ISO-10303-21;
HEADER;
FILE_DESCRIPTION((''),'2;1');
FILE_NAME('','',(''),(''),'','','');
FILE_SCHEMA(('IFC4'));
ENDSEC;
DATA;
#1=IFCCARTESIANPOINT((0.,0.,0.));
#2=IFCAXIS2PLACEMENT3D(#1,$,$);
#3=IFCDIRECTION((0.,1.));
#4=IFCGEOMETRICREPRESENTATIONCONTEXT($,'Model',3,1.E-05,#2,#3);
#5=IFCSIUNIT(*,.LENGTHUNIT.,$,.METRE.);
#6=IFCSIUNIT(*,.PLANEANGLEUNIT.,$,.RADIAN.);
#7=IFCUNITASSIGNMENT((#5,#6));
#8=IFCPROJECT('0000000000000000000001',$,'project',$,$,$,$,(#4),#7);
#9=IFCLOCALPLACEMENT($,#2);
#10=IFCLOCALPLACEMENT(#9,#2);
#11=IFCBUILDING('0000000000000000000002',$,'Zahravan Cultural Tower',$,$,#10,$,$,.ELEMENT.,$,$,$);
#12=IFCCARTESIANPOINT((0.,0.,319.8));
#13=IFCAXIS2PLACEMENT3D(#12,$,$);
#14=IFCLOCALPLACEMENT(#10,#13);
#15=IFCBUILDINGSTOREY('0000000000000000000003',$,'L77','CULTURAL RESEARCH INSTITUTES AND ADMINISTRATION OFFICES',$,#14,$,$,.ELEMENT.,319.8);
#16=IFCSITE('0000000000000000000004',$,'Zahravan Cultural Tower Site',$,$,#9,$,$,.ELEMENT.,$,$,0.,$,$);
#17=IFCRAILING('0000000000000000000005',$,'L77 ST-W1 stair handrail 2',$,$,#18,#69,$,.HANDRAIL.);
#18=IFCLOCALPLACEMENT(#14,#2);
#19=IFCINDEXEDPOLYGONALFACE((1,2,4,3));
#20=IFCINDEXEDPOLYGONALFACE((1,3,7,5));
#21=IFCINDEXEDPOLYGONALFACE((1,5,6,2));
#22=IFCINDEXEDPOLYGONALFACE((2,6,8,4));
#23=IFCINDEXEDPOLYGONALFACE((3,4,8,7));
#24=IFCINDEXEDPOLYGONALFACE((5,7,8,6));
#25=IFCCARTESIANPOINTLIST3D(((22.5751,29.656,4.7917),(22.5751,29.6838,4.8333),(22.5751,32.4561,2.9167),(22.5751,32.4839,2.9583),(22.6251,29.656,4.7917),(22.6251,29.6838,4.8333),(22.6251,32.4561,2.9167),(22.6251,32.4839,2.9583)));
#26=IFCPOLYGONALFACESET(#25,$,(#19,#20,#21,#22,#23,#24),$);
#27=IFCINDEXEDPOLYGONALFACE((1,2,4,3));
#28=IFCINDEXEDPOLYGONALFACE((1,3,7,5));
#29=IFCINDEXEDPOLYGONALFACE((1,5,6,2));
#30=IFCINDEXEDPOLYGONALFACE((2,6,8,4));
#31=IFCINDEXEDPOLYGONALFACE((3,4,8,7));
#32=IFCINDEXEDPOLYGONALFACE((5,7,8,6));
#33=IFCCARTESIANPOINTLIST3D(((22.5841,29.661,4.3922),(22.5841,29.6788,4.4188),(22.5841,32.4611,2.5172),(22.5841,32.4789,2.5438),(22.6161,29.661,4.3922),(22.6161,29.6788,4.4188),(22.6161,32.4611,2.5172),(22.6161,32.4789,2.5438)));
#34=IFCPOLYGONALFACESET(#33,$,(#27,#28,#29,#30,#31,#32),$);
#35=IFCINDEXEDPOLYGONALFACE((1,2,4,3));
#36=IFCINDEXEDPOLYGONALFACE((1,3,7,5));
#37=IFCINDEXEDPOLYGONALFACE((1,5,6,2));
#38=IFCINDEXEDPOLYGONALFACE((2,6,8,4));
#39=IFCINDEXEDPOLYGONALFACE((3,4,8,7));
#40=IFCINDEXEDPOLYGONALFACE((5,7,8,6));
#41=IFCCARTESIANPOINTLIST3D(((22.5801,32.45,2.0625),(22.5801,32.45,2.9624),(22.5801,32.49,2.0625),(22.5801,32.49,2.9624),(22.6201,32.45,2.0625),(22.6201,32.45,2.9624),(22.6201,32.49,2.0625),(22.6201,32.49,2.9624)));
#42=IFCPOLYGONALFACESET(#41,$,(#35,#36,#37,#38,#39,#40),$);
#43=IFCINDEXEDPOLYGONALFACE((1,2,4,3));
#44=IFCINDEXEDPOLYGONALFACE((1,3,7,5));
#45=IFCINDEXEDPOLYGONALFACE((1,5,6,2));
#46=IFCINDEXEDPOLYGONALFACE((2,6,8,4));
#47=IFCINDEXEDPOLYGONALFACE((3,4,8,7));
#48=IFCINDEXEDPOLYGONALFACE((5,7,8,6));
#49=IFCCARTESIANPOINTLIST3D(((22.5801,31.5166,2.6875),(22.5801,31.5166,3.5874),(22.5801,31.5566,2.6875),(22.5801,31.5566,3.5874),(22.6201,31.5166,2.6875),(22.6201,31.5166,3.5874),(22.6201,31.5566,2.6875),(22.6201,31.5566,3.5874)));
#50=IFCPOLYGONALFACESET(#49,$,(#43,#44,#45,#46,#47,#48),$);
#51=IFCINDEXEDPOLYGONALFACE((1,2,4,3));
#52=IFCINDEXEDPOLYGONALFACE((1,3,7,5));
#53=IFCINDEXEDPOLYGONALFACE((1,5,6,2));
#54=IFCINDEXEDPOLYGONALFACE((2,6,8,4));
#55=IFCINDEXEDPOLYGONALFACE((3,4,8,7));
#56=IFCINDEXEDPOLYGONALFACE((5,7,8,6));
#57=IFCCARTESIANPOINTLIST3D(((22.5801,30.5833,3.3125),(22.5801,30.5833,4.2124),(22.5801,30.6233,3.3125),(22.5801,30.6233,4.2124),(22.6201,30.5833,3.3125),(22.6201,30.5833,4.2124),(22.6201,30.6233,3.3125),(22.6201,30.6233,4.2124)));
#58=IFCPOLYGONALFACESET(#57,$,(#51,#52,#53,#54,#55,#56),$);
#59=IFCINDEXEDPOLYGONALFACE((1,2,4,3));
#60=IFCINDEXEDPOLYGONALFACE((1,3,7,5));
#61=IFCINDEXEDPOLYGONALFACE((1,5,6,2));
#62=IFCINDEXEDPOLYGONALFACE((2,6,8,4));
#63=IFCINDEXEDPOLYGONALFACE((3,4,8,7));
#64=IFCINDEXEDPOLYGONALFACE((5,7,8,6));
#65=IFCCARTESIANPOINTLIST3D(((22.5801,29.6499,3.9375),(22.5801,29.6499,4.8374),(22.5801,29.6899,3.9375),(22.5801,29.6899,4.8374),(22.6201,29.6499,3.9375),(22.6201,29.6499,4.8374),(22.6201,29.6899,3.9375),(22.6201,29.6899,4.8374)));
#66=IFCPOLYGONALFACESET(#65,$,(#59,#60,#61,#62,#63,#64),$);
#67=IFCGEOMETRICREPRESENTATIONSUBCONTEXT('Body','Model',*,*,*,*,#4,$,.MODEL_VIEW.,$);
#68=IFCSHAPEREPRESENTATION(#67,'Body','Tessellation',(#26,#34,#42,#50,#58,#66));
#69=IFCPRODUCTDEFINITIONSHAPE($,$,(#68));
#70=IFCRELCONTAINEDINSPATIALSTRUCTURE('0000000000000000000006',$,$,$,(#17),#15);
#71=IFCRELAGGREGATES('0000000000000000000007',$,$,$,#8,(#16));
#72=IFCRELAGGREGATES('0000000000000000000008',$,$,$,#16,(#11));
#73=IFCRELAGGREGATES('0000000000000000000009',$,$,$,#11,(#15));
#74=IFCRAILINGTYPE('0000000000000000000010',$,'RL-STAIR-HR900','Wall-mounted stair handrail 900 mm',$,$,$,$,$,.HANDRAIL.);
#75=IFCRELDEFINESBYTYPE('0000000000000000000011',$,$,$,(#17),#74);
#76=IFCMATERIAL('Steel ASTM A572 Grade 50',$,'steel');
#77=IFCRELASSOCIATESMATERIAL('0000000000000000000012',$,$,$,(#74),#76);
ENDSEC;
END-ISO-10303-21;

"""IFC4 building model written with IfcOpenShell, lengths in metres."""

from ifc_helpers import new_model, si_unit, direction, frame, origin, origin_2d, place, context, subcontext, project, spatial, rectangle, extrude, material, type_object, element, save


model = new_model("IFC4")

# Units and contexts
model_context = context("Model", 3, precision=1e-05, world=origin(), true_north=direction((0.0, 1.0)))
body_context = subcontext(model_context, "Body", "Model", "MODEL_VIEW")
ifc_project = project(units=[si_unit("LENGTHUNIT", "METRE"), si_unit("PLANEANGLEUNIT", "RADIAN")], contexts=[model_context])

# Site, building, storey
site_placement = place(None, origin())
site = spatial("IfcSite", under=ifc_project, at=site_placement, Name="Zahravan Cultural Tower Site", CompositionType="ELEMENT", RefElevation=0.0)
building_placement = place(site_placement, origin())
building = spatial("IfcBuilding", under=site, at=building_placement, Name="Zahravan Cultural Tower", CompositionType="ELEMENT")
storey_placement = place(building_placement, frame((0.0, 0.0, 319.8)))
storey = spatial("IfcBuildingStorey", under=building, at=storey_placement, Name="L77", Description="CULTURAL RESEARCH INSTITUTES AND ADMINISTRATION OFFICES", CompositionType="ELEMENT", Elevation=319.8)

# Shared definitions
ifc_material_1 = material(Name="Steel ASTM A572 Grade 50", Category="steel")

# Railing
railing_type = type_object("IfcRailingType", Name="RL-STAIR-HR900", Description="Wall-mounted stair handrail 900 mm", PredefinedType="HANDRAIL", material=ifc_material_1)
railing_placement = place(storey_placement, frame((22.6001, 32.47, 2.0625)))
element("IfcRailing", 1, at=railing_placement, inside=storey, type_object=railing_type, Name="L77 ST-W1 stair handrail 2", PredefinedType="HANDRAIL", context=body_context, shape_type="SweptSolid", body=[
    extrude(rectangle(XDim=0.05, YDim=0.05, at=origin_2d()), frame((0.0, 0.0, 0.875), z_axis=(0.0, -0.830912, 0.556404), x_axis=(1.0, 0.0, 0.0)), (0.0, 0.0, 1.0), 3.3699),
    extrude(rectangle(XDim=0.032, YDim=0.032, at=origin_2d()), frame((0.0, 0.0, 0.468), z_axis=(0.0, -0.830912, 0.556404), x_axis=(1.0, 0.0, 0.0)), (0.0, 0.0, 1.0), 3.3699),
    extrude(rectangle(XDim=0.04, YDim=0.04, at=origin_2d()), origin(), (0.0, 0.0, 1.0), 0.8999),
    extrude(rectangle(XDim=0.04, YDim=0.04, at=origin_2d()), frame((0.0, -0.9333, 0.625)), (0.0, 0.0, 1.0), 0.8999),
    extrude(rectangle(XDim=0.04, YDim=0.04, at=origin_2d()), frame((0.0, -1.8667, 1.25)), (0.0, 0.0, 1.0), 0.8999),
    extrude(rectangle(XDim=0.04, YDim=0.04, at=origin_2d()), frame((0.0, -2.8, 1.875)), (0.0, 0.0, 1.0), 0.8999),
])

save(model, "model.ifc")
